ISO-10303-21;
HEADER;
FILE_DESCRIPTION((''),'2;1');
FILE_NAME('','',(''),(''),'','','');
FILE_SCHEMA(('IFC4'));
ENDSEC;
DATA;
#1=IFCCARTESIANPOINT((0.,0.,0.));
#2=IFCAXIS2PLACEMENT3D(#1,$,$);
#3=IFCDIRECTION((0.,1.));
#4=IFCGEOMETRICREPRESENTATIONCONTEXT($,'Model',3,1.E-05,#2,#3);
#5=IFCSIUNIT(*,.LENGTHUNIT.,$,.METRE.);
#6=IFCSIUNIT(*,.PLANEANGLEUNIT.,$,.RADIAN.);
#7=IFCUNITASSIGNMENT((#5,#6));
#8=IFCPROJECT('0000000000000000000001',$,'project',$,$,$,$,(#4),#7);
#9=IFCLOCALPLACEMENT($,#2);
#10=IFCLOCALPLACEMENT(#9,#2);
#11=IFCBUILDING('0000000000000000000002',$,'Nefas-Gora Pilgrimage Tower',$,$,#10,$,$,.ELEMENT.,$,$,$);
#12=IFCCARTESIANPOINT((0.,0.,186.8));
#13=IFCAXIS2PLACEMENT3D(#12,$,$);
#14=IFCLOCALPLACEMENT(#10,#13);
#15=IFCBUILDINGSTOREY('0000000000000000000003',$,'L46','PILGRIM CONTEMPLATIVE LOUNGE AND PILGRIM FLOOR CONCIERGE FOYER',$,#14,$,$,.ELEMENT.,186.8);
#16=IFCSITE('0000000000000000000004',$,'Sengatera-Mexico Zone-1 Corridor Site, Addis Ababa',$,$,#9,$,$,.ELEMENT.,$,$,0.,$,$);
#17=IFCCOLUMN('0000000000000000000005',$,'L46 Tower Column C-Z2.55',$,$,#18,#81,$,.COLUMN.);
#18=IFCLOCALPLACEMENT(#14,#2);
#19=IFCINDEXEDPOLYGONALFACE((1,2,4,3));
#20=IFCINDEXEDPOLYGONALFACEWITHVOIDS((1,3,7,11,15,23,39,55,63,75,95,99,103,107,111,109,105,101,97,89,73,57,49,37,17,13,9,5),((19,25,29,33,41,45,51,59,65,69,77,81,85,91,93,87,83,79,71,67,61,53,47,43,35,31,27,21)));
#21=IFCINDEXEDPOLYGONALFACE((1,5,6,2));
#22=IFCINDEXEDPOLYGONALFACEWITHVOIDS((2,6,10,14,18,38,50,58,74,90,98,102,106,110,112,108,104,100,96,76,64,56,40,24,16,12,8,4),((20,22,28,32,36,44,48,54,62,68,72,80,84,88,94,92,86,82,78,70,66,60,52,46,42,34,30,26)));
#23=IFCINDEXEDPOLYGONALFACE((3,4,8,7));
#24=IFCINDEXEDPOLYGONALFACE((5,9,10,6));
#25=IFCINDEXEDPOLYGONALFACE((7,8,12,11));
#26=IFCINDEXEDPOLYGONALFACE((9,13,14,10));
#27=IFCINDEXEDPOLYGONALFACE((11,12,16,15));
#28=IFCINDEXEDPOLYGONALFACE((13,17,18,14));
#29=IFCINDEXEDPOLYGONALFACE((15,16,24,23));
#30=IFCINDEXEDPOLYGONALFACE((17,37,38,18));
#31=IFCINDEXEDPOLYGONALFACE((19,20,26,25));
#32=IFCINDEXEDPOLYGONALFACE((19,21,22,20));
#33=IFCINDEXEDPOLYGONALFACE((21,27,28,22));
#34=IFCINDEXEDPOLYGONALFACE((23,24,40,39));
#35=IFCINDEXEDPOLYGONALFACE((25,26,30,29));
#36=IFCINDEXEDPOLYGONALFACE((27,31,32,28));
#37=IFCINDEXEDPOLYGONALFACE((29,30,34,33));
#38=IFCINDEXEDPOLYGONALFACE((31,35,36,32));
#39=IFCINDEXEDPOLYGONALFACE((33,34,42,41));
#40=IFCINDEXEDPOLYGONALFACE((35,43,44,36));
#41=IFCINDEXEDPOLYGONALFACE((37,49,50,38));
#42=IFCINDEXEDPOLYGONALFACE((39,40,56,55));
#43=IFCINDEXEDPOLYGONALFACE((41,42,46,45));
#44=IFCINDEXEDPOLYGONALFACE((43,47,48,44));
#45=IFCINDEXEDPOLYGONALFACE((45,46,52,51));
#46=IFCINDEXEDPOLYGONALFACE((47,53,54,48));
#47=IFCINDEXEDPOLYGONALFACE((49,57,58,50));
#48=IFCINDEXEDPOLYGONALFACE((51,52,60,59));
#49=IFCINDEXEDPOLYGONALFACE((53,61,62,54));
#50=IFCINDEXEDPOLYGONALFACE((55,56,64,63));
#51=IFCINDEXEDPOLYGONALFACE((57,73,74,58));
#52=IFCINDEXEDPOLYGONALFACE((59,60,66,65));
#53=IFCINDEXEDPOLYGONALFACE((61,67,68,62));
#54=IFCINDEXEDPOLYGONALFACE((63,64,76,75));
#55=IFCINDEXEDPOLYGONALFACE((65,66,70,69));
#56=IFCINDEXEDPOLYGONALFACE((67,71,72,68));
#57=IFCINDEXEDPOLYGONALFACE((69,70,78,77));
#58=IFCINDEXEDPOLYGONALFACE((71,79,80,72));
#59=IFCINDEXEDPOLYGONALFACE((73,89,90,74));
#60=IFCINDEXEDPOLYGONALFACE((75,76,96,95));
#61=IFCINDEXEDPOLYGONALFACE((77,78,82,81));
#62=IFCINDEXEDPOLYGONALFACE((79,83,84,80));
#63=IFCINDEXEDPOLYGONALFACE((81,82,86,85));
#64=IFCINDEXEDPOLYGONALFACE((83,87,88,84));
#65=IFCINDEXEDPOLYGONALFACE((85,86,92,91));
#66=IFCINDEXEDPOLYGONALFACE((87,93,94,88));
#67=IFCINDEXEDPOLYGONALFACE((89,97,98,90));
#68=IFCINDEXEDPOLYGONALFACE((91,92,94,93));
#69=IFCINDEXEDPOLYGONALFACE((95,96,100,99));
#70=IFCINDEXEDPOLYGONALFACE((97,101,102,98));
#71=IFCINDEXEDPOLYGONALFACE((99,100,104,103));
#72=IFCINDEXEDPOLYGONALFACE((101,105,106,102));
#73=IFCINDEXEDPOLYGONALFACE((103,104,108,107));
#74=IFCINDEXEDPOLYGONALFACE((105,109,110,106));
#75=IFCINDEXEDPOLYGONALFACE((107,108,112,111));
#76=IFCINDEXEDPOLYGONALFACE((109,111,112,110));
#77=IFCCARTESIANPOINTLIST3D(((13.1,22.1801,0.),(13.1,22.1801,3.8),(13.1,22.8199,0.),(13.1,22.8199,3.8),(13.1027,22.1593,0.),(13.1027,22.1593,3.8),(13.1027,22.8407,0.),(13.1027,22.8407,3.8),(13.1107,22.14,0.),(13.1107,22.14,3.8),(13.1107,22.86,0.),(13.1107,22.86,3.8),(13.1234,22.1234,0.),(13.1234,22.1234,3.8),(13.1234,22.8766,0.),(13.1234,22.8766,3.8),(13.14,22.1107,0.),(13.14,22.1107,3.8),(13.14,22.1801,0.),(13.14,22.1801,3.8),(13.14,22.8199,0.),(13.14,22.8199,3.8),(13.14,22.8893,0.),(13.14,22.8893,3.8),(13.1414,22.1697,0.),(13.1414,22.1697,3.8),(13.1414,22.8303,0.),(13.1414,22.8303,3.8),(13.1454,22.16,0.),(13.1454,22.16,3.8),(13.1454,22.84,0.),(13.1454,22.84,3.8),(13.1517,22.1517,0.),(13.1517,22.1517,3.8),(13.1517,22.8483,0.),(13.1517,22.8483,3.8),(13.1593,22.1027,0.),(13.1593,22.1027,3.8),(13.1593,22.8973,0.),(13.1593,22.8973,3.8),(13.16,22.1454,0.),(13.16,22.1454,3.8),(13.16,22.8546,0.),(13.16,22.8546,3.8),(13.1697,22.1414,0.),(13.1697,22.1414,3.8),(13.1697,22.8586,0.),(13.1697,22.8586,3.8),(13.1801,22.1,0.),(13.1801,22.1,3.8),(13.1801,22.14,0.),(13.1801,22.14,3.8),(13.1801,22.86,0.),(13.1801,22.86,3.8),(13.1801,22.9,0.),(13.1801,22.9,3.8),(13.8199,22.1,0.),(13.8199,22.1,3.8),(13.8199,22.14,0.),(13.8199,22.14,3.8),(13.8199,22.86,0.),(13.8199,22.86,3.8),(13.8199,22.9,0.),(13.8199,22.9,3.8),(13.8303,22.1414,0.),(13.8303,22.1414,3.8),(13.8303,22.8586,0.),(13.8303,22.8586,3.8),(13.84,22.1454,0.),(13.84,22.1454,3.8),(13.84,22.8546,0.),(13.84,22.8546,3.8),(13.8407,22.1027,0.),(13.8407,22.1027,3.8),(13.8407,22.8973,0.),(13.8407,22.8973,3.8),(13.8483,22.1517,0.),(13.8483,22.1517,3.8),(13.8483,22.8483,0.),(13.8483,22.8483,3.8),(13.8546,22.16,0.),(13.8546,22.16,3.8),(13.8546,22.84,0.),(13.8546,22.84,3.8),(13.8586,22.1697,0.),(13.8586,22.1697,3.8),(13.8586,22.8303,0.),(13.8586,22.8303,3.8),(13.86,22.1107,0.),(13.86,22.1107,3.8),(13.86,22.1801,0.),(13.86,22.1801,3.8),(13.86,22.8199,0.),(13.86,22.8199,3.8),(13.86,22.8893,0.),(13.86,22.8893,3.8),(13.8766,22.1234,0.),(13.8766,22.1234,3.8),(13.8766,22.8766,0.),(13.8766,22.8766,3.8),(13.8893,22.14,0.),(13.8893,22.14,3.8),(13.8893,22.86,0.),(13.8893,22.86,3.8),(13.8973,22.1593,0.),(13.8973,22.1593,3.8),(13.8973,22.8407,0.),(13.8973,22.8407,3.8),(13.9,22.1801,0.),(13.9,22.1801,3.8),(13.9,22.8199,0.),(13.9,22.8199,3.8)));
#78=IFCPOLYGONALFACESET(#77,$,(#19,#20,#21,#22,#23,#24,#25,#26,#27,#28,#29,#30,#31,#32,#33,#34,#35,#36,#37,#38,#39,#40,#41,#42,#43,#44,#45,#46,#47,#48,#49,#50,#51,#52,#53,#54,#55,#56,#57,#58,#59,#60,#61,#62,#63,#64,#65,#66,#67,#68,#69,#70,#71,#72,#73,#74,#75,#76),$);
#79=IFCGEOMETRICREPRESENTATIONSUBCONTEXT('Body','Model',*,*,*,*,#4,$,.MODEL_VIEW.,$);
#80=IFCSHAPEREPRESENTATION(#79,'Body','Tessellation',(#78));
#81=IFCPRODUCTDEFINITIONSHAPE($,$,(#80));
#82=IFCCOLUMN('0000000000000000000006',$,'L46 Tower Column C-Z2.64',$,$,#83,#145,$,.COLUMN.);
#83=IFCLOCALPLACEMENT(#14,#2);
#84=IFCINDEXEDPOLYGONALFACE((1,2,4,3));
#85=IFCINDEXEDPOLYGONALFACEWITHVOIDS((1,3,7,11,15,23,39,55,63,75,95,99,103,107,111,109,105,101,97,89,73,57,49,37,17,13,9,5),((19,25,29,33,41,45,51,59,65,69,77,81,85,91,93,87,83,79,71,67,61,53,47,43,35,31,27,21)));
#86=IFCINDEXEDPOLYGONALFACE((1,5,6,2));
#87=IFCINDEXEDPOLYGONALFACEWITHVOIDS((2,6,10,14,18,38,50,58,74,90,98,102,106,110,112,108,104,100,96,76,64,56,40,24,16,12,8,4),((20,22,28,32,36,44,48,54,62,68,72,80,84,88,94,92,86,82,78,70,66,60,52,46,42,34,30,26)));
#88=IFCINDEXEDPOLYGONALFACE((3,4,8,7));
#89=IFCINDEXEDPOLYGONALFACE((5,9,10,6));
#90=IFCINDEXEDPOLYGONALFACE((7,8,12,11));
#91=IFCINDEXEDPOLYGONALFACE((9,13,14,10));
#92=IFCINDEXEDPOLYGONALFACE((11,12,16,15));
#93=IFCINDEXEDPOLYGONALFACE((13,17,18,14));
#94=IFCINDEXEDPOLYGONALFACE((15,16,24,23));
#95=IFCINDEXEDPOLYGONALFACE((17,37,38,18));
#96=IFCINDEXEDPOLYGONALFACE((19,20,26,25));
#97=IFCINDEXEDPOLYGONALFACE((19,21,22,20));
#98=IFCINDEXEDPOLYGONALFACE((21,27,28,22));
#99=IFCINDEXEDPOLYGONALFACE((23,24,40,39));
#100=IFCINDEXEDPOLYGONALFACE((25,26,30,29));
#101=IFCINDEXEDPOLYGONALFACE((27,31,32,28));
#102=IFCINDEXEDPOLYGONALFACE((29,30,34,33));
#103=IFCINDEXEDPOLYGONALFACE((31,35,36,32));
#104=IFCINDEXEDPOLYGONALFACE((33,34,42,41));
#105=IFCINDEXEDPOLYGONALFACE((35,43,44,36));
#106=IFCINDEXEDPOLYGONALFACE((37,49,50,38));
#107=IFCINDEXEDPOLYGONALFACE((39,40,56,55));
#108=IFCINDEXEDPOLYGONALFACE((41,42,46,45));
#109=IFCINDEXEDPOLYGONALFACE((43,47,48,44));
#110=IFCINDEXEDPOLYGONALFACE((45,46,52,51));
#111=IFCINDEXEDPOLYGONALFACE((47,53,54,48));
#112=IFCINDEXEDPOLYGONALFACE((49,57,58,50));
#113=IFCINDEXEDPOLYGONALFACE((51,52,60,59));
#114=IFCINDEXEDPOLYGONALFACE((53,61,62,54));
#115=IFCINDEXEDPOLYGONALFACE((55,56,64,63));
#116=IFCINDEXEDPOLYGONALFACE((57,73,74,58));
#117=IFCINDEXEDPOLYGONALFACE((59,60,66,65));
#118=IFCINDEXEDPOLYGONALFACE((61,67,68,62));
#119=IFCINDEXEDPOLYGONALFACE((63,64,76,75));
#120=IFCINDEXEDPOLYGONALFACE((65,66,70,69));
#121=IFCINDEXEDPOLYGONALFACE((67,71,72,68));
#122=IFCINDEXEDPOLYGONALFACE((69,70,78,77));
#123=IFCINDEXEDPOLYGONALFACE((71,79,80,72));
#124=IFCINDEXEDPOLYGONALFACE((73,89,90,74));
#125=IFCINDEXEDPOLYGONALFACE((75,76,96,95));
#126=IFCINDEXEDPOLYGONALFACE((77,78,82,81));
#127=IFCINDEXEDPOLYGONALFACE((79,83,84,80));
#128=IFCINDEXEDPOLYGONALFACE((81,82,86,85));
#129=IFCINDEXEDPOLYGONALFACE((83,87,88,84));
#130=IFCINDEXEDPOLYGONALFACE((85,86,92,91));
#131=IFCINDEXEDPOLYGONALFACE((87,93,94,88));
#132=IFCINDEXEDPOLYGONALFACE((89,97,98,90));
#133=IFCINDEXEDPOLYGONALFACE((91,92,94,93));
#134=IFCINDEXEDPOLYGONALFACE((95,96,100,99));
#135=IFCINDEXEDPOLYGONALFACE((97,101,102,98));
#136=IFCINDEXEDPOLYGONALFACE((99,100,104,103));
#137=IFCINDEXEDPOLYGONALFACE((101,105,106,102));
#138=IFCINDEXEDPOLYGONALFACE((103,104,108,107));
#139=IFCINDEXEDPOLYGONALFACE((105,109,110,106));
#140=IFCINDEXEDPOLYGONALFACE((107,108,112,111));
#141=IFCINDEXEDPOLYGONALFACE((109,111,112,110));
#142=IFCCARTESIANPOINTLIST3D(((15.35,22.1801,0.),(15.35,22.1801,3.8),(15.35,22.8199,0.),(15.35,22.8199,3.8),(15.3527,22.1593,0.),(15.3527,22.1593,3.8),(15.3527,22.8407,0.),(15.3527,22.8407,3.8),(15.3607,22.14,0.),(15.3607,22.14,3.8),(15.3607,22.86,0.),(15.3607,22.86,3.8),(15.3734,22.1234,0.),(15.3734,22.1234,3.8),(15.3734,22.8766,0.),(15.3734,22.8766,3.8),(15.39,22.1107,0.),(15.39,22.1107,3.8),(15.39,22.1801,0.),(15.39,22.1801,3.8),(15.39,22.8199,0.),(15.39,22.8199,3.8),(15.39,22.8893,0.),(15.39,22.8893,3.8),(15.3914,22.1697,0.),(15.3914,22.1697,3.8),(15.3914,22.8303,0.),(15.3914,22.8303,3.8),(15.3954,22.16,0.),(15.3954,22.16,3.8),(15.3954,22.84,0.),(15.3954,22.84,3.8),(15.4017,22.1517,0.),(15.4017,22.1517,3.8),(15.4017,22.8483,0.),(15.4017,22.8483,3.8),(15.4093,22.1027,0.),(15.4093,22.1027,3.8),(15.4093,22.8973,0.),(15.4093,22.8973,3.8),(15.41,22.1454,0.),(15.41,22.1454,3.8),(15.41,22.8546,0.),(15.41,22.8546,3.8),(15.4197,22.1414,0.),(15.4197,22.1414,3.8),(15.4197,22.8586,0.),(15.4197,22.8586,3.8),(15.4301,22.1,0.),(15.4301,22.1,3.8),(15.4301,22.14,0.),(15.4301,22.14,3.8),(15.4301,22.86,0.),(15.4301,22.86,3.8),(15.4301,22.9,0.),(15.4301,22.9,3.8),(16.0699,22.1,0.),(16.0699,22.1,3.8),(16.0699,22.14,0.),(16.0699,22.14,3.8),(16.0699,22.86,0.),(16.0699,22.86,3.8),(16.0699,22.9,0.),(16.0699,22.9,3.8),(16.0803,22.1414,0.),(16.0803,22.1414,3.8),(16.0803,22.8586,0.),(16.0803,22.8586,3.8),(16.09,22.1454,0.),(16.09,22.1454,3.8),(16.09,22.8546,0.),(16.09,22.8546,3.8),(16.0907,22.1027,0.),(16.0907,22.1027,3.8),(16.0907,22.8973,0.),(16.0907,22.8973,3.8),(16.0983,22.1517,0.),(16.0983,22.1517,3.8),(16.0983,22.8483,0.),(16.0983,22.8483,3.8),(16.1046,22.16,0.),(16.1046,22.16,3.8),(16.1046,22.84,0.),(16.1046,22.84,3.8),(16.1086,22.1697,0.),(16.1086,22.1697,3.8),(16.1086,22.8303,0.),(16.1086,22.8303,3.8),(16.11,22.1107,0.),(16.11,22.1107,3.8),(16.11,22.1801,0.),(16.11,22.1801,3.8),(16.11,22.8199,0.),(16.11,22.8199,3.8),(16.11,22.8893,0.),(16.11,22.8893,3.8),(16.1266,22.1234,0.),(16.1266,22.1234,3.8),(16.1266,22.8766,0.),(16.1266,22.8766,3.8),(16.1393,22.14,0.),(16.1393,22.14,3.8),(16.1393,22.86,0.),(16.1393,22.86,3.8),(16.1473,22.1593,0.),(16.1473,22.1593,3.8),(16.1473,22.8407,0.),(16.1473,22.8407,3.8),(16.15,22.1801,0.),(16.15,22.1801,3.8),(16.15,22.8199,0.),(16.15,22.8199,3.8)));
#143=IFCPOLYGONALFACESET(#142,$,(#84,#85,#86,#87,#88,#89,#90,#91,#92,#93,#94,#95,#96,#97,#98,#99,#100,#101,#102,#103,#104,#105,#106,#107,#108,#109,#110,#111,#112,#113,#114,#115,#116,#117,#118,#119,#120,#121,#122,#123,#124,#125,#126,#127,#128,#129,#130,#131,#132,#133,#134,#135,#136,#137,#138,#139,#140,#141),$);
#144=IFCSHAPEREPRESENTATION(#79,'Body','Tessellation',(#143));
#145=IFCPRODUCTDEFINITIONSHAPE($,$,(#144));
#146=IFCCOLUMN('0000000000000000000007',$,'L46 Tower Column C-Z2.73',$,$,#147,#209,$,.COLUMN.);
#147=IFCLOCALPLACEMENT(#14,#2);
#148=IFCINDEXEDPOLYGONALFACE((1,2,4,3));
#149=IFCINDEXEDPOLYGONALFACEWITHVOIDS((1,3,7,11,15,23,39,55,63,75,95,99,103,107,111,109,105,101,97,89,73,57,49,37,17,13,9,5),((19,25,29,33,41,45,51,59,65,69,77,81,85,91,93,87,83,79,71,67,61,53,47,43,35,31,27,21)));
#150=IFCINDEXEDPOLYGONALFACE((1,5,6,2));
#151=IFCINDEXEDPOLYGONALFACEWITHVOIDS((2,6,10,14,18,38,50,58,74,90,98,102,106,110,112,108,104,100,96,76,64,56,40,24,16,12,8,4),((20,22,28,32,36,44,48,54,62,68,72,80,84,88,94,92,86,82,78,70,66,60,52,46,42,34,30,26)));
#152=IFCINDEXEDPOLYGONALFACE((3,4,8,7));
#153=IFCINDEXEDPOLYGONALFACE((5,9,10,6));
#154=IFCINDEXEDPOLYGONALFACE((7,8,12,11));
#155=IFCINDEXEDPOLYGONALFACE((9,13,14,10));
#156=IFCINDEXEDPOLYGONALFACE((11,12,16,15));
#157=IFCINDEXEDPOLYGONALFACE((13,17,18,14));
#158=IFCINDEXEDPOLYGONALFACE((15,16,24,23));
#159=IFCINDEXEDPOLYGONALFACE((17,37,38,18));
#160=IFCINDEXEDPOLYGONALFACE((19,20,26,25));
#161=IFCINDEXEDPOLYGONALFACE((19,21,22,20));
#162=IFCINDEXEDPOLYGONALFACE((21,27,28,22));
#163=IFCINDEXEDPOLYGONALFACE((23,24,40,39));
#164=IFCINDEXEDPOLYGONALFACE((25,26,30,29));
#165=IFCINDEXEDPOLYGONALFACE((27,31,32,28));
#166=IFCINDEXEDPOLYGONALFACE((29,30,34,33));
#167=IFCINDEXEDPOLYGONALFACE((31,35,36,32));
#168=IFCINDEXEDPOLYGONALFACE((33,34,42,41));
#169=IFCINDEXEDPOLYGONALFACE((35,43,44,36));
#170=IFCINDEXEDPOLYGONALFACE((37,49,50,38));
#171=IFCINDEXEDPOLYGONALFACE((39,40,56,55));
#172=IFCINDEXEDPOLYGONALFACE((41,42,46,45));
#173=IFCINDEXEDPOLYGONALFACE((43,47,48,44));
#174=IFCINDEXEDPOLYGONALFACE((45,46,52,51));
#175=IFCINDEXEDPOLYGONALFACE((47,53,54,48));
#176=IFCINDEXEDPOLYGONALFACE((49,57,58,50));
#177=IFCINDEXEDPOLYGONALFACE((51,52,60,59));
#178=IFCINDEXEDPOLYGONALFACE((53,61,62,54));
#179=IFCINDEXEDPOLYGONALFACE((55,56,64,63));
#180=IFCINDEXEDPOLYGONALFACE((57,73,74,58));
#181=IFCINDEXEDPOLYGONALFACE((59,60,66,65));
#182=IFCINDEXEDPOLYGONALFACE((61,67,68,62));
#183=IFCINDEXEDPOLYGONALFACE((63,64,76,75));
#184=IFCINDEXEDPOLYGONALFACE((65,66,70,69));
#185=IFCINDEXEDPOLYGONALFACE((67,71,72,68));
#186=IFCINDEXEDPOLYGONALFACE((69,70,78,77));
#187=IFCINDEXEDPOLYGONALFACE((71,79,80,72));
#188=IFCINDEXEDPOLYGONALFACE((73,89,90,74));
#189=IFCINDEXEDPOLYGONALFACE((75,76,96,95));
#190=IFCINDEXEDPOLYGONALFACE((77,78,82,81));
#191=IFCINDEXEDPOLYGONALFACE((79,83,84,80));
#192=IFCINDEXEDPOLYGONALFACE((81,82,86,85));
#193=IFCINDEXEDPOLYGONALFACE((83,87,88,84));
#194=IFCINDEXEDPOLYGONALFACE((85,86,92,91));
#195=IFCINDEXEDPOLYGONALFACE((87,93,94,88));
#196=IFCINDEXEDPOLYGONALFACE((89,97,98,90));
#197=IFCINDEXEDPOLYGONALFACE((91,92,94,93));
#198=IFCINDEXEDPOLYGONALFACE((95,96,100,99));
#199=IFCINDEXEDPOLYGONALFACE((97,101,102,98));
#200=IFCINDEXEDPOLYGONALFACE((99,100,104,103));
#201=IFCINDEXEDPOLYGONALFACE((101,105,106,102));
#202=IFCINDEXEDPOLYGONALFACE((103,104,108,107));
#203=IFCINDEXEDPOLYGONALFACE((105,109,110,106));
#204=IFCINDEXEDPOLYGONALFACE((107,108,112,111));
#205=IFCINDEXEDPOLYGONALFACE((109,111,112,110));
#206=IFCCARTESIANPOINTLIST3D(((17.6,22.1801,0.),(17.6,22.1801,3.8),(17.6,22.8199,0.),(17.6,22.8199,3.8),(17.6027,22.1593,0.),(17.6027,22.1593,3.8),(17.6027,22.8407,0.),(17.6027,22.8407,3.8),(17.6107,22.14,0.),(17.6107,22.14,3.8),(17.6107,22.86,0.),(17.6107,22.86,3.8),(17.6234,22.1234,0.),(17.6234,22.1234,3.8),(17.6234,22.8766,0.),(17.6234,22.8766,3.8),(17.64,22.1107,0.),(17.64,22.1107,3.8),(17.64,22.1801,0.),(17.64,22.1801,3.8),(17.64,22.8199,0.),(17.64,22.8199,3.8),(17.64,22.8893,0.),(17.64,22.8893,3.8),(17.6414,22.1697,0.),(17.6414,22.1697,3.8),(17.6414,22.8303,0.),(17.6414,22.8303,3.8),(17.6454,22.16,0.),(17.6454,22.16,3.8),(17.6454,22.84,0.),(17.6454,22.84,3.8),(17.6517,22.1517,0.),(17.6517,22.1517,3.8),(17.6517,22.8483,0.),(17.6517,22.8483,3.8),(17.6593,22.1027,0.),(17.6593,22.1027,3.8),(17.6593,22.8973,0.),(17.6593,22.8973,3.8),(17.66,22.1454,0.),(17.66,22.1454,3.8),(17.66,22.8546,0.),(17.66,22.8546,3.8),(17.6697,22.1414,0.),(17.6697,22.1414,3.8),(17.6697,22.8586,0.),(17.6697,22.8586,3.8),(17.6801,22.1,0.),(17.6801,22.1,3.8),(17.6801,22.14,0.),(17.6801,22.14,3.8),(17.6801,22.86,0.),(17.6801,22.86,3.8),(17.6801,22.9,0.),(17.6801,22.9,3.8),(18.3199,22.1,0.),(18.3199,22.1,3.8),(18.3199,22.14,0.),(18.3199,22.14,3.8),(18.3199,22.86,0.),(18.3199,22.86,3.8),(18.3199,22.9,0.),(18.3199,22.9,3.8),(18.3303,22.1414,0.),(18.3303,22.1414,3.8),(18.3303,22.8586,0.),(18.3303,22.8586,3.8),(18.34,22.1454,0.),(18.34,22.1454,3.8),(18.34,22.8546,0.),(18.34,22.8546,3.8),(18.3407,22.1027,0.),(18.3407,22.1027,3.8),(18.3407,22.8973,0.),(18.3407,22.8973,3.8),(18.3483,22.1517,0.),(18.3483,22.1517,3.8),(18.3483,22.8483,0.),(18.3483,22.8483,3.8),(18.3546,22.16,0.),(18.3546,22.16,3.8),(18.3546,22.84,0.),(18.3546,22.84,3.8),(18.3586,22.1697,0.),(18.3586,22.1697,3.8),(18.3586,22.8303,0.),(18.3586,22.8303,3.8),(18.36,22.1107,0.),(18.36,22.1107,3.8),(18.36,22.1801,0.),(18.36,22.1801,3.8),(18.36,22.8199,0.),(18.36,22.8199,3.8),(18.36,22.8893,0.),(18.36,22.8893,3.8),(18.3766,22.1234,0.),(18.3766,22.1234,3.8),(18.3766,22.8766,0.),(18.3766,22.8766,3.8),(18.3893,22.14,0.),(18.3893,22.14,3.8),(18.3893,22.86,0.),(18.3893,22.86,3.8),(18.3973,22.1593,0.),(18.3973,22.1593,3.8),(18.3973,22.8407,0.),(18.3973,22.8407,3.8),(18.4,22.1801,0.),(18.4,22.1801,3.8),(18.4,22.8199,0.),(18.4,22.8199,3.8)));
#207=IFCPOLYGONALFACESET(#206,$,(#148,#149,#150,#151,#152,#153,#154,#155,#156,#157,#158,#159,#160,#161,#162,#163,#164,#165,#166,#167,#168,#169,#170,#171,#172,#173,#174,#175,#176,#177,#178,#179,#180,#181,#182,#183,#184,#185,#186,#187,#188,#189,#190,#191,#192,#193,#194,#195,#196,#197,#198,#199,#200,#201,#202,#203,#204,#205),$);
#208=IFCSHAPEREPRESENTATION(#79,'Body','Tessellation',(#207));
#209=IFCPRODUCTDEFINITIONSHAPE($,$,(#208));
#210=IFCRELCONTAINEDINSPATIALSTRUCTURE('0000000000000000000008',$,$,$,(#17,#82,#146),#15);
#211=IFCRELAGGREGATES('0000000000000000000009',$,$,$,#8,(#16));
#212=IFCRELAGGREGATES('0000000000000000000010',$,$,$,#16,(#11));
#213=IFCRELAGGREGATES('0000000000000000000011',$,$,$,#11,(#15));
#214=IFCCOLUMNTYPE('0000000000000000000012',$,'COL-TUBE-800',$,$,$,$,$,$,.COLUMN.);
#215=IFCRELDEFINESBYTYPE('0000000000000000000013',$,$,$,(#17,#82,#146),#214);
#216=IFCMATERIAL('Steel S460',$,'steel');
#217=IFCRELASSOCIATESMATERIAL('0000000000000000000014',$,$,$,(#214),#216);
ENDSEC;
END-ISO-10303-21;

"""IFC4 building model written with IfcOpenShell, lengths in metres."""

from ifc_helpers import new_model, si_unit, direction, frame, origin, origin_2d, place, context, subcontext, project, spatial, hollow_rectangle, extrude, source, transform, mapped, material, material_profile, profile_set, type_object, element, save


model = new_model("IFC4")

# Units and contexts
model_context = context("Model", 3, precision=1e-05, world=origin(), true_north=direction((0.0, 1.0)))
body_context = subcontext(model_context, "Body", "Model", "MODEL_VIEW")
ifc_project = project(units=[si_unit("LENGTHUNIT", "METRE"), si_unit("PLANEANGLEUNIT", "RADIAN")], contexts=[model_context])

# Site, building, storey
site_placement = place(None, origin())
site = spatial("IfcSite", under=ifc_project, at=site_placement, Name="Sengatera-Mexico Zone-1 Corridor Site, Addis Ababa", CompositionType="ELEMENT", RefElevation=0.0)
building_placement = place(site_placement, origin())
building = spatial("IfcBuilding", under=site, at=building_placement, Name="Nefas-Gora Pilgrimage Tower", CompositionType="ELEMENT")
storey_placement = place(building_placement, frame((0.0, 0.0, 186.8)))
storey = spatial("IfcBuildingStorey", under=building, at=storey_placement, Name="L46", Description="PILGRIM CONTEMPLATIVE LOUNGE AND PILGRIM FLOOR CONCIERGE FOYER", CompositionType="ELEMENT", Elevation=186.8)

# Columns
ifc_material_1 = material(Name="Steel S460", Category="steel")
ifc_material_profile_1 = material_profile(ifc_material_1, hollow_rectangle(XDim=0.8, YDim=0.8, WallThickness=0.04, InnerFilletRadius=0.04, OuterFilletRadius=0.0801, at=origin_2d()), Name="BOX 800x800x40")
ifc_profile_set_1 = profile_set([ifc_material_profile_1], Name="Steel S460")
column_type_1 = type_object("IfcColumnType", Name="COL-TUBE-800", PredefinedType="COLUMN", material=ifc_profile_set_1)
shared_shape_1 = source(origin(), body_context, "Body", "SweptSolid", [
    extrude(hollow_rectangle(XDim=0.8, YDim=0.8, WallThickness=0.04, InnerFilletRadius=0.04, OuterFilletRadius=0.0801, at=origin_2d()), origin(), (0.0, 0.0, 1.0), 3.8),
])
for number, where, z_axis, x_axis, name in (
    (1, (13.5, 22.5, 0.0), (0.0, 0.0, 1.0), (1.0, 0.0, 0.0), "L46 Tower Column C-Z2.55"),
    (2, (15.75, 22.5, 0.0), (0.0, 0.0, 1.0), (1.0, 0.0, 0.0), "L46 Tower Column C-Z2.64"),
    (3, (18.0, 22.5, 0.0), (0.0, 0.0, 1.0), (1.0, 0.0, 0.0), "L46 Tower Column C-Z2.73"),
):
    element("IfcColumn", number, at=place(storey_placement, frame(where, z_axis=z_axis, x_axis=x_axis)), inside=storey, type_object=column_type_1, Name=name, PredefinedType="COLUMN", context=body_context, shape_type="MappedRepresentation", body=[
        mapped(shared_shape_1, transform((0.0, 0.0, 0.0), x_axis=(1.0, 0.0, 0.0), y_axis=(0.0, 1.0, 0.0), z_axis=(0.0, 0.0, 1.0), scale=1.0)),
    ])

save(model, "model.ifc")
